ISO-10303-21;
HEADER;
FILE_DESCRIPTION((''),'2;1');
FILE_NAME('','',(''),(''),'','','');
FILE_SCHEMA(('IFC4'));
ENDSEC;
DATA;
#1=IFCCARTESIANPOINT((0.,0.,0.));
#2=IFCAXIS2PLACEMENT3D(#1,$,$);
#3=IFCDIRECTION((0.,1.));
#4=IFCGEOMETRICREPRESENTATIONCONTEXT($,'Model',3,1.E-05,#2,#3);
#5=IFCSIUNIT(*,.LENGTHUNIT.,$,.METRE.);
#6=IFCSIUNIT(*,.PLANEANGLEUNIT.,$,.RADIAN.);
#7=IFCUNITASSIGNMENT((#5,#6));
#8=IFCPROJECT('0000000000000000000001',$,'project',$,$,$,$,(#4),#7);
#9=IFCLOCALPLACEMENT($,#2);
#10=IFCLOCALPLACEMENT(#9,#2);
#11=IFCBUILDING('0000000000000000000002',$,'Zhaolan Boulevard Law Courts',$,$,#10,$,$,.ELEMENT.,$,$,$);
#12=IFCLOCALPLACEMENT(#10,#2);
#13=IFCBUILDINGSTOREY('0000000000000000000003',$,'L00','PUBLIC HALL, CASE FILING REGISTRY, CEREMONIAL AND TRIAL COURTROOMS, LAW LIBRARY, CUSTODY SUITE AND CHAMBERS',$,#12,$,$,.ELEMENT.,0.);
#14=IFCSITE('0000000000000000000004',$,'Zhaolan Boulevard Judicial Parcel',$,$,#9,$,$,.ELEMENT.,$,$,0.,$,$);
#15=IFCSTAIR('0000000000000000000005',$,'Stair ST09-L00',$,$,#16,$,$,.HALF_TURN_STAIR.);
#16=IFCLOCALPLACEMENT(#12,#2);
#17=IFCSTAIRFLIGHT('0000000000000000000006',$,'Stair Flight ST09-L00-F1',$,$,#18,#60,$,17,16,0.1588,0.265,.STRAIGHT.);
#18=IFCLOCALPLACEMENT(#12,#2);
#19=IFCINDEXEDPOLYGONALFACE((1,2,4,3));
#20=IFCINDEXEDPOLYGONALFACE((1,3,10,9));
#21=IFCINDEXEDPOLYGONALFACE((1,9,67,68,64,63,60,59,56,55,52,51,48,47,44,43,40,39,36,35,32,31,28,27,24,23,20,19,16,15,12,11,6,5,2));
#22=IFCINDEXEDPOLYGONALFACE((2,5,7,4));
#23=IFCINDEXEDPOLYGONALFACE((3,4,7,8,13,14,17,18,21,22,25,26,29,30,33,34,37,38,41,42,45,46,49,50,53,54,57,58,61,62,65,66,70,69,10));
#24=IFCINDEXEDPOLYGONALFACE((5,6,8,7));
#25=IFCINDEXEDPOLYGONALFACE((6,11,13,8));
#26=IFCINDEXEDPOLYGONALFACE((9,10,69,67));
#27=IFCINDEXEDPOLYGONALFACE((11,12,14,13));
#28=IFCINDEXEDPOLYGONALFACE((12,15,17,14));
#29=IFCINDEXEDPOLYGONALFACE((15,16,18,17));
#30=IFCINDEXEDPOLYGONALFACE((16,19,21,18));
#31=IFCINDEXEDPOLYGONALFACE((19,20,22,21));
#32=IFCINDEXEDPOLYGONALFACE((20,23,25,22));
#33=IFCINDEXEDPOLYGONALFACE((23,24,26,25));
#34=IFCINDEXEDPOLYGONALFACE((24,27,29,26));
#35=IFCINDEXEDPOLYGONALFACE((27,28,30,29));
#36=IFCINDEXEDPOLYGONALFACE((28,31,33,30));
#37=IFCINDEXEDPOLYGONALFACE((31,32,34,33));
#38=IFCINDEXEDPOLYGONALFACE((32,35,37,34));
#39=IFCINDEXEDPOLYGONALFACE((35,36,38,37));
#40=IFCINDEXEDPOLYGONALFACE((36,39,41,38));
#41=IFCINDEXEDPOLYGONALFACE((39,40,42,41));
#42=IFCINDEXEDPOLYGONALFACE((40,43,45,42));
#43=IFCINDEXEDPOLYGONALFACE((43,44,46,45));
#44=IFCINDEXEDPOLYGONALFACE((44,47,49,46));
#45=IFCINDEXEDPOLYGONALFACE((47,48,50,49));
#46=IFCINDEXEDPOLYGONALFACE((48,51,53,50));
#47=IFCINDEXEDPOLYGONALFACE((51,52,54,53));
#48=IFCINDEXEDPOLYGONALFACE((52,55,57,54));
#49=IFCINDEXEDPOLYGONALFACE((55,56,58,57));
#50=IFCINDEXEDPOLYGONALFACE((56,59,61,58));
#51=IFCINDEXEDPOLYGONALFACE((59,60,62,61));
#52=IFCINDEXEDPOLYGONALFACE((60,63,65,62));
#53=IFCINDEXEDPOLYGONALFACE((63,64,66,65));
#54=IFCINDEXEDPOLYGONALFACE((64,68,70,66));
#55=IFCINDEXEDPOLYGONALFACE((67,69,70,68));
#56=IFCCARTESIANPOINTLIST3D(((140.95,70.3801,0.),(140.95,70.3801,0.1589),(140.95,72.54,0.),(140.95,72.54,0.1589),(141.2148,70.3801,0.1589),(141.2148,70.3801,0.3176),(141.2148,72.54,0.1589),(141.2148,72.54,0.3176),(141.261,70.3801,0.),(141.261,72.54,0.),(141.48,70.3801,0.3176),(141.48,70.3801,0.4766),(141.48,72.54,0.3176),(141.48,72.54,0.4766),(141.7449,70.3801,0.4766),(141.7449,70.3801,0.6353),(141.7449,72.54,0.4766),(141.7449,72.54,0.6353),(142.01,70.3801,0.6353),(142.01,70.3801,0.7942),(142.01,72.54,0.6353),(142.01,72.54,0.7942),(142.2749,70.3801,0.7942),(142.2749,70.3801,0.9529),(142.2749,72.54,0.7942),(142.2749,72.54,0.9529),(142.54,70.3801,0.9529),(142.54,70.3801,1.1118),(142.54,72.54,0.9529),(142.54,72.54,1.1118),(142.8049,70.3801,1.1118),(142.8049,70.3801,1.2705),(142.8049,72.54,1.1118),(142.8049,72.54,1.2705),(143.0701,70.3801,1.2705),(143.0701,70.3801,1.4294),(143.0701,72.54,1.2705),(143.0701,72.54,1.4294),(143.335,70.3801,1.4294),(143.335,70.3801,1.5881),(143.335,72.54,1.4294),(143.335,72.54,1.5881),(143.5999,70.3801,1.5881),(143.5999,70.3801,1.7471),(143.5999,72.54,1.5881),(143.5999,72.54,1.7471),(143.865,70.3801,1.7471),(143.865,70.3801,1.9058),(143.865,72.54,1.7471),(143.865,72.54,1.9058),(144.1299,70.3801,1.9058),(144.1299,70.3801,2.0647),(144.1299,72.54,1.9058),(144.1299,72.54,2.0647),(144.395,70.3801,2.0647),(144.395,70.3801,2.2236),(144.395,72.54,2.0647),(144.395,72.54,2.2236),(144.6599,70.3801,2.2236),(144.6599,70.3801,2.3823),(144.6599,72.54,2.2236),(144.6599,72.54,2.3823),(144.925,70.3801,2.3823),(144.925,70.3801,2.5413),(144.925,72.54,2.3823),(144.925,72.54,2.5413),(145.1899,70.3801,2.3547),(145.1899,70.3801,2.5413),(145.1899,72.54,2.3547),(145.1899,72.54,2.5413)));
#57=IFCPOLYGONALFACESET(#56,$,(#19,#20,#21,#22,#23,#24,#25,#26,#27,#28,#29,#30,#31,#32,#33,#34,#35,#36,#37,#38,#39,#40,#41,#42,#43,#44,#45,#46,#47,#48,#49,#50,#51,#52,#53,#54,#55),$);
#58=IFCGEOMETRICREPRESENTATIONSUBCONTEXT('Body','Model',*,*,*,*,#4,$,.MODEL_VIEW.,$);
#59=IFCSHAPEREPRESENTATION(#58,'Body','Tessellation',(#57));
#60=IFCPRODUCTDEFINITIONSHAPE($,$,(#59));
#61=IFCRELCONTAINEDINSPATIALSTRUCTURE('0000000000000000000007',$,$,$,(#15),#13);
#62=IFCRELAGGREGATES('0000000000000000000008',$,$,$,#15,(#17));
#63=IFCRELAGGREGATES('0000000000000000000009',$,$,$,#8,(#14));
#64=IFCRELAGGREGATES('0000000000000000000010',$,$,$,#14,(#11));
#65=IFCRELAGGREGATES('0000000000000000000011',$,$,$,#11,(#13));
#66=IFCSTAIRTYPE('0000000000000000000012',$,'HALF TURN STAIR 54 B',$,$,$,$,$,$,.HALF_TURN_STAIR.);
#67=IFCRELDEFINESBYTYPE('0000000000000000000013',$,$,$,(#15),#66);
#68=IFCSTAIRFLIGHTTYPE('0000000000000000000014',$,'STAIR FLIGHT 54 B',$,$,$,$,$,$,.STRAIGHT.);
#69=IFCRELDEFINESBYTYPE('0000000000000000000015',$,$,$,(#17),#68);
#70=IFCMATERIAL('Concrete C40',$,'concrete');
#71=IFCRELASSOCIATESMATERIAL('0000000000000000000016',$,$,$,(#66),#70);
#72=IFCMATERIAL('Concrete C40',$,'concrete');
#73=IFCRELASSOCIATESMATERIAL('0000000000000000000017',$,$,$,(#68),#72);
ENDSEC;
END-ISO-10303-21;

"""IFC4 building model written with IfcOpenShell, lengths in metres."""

from ifc_helpers import new_model, si_unit, direction, frame, origin, place, context, subcontext, project, spatial, polyline, outline, extrude, material, type_object, element, aggregate, save


model = new_model("IFC4")

# Units and contexts
model_context = context("Model", 3, precision=1e-05, world=origin(), true_north=direction((0.0, 1.0)))
body_context = subcontext(model_context, "Body", "Model", "MODEL_VIEW")
ifc_project = project(units=[si_unit("LENGTHUNIT", "METRE"), si_unit("PLANEANGLEUNIT", "RADIAN")], contexts=[model_context])

# Site, building, storey
site_placement = place(None, origin())
site = spatial("IfcSite", under=ifc_project, at=site_placement, Name="Zhaolan Boulevard Judicial Parcel", CompositionType="ELEMENT", RefElevation=0.0)
building_placement = place(site_placement, origin())
building = spatial("IfcBuilding", under=site, at=building_placement, Name="Zhaolan Boulevard Law Courts", CompositionType="ELEMENT")
storey_placement = place(building_placement, origin())
storey = spatial("IfcBuildingStorey", under=building, at=storey_placement, Name="L00", Description="PUBLIC HALL, CASE FILING REGISTRY, CEREMONIAL AND TRIAL COURTROOMS, LAW LIBRARY, CUSTODY SUITE AND CHAMBERS", CompositionType="ELEMENT", Elevation=0.0)

# Stair, stair flight
ifc_material_1 = material(Name="Concrete C40", Category="concrete")
stair_type = type_object("IfcStairType", Name="HALF TURN STAIR 54 B", PredefinedType="HALF_TURN_STAIR", material=ifc_material_1)
stair_placement = place(storey_placement, origin())
stair = element("IfcStair", 1, at=stair_placement, inside=storey, type_object=stair_type, Name="Stair ST09-L00", PredefinedType="HALF_TURN_STAIR")
ifc_material_2 = material(Name="Concrete C40", Category="concrete")
stair_flight_type = type_object("IfcStairFlightType", Name="STAIR FLIGHT 54 B", PredefinedType="STRAIGHT", material=ifc_material_2)
stair_flight_placement = place(storey_placement, frame((140.95, 71.46, 0.0), z_axis=(0.0, 0.0, 1.0), x_axis=(1.0, 0.0, 0.0)))
stair_flight = element("IfcStairFlight", 2, at=stair_flight_placement, type_object=stair_flight_type, Name="Stair Flight ST09-L00-F1", NumberOfRisers=17, NumberOfTreads=16, PredefinedType="STRAIGHT", RiserHeight=0.1588, TreadLength=0.265, context=body_context, shape_type="SweptSolid", body=[
    extrude(outline(polyline([(0.0, 0.0), (0.0, 0.1589), (0.2649, 0.1589), (0.2649, 0.3176), (0.53, 0.3176), (0.53, 0.4766), (0.7949, 0.4766), (0.7949, 0.6353), (1.0601, 0.6353), (1.0601, 0.7942), (1.325, 0.7942), (1.325, 0.9529), (1.5901, 0.9529), (1.5901, 1.1118), (1.855, 1.1118), (1.855, 1.2705), (2.1201, 1.2705), (2.1201, 1.4294), (2.385, 1.4294), (2.385, 1.5881), (2.6499, 1.5881), (2.6499, 1.7471), (2.915, 1.7471), (2.915, 1.9058), (3.1799, 1.9058), (3.1799, 2.0647), (3.4451, 2.0647), (3.4451, 2.2236), (3.71, 2.2236), (3.71, 2.3823), (3.9751, 2.3823), (3.9751, 2.5413), (4.24, 2.5413), (4.24, 2.7), (4.24, 2.3547), (0.311, 0.0), (0.0, 0.0)])), frame((0.0, 1.0801, 0.0), z_axis=(0.0, -1.0, 0.0), x_axis=(1.0, 0.0, 0.0)), (0.0, 0.0, 1.0), 2.1599),
])
aggregate(stair, [stair_flight])

save(model, "model.ifc")
